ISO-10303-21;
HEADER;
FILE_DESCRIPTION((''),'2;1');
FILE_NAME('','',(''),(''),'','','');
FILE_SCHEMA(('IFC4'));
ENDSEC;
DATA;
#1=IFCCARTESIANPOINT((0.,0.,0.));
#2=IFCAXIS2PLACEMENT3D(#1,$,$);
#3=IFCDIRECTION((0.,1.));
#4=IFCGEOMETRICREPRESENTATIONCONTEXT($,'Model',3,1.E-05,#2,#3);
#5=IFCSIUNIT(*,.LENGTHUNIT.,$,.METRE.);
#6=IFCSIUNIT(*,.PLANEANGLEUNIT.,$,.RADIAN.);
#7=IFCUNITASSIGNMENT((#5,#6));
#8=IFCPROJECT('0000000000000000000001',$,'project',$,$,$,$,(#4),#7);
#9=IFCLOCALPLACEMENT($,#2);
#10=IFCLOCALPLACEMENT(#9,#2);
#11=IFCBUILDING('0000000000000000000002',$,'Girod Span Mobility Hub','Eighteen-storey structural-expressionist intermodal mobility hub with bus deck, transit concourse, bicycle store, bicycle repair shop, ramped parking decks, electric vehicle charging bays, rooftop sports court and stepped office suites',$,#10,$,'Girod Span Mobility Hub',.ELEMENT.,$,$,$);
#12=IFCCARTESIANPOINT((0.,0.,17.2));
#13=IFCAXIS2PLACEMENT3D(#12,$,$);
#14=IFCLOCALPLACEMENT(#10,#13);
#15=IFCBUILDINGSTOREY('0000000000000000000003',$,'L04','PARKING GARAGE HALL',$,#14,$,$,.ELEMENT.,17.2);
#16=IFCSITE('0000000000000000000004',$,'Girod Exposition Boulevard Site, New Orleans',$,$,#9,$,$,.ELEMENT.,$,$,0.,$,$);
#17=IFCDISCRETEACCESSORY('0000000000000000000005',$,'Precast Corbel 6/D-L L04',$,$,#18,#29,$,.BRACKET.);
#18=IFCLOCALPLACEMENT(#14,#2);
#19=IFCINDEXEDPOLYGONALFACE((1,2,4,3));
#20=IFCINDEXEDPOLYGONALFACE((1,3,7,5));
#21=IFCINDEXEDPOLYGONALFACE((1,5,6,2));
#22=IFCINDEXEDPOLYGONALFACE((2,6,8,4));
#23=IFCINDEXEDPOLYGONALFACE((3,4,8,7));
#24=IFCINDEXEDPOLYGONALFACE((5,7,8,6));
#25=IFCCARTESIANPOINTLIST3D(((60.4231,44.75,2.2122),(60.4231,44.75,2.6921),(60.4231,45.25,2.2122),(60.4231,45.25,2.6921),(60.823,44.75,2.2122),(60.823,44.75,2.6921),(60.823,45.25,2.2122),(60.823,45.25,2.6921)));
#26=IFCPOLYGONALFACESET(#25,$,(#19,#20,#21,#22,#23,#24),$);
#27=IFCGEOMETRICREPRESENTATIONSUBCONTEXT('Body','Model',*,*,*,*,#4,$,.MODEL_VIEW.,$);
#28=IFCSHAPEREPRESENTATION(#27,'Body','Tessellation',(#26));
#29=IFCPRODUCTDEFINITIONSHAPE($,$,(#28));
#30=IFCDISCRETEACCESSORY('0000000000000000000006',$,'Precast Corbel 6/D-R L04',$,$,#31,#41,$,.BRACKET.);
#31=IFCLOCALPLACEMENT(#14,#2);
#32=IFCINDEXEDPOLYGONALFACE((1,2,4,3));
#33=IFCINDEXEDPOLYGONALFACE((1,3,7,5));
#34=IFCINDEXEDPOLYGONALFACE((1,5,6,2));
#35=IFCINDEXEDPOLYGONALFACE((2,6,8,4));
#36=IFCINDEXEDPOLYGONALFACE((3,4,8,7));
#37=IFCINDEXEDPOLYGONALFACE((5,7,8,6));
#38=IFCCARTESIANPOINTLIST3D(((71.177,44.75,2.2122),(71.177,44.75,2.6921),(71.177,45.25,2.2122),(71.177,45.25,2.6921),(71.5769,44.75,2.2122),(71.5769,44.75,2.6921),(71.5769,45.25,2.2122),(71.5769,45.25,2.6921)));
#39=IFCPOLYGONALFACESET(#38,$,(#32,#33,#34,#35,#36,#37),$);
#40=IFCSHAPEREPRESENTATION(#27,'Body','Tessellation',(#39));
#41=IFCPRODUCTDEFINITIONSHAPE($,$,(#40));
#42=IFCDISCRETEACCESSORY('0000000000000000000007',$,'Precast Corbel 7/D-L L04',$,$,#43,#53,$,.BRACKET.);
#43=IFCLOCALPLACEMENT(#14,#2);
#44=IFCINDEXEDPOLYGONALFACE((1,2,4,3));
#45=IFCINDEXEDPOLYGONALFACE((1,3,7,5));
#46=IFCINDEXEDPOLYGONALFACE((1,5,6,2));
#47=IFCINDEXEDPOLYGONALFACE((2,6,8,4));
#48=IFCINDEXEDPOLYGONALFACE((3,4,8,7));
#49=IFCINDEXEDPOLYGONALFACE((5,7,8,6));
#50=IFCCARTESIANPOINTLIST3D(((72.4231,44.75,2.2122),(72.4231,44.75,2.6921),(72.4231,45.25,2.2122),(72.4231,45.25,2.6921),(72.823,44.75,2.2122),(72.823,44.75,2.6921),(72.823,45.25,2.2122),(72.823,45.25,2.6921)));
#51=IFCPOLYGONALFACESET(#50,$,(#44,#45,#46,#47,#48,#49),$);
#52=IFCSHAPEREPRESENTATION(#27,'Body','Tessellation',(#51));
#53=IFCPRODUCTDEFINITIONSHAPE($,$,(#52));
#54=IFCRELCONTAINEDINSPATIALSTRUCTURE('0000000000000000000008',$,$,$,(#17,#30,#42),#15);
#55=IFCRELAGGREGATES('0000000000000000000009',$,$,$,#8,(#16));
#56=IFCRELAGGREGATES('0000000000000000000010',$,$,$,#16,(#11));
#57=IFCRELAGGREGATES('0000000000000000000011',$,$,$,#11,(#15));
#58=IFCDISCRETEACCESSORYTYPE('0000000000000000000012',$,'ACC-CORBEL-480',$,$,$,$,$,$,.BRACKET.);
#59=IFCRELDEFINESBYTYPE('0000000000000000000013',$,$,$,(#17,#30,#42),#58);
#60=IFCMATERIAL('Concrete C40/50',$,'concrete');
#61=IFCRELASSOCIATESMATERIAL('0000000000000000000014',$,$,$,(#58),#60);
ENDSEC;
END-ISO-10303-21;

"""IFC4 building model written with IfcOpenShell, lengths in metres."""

from ifc_helpers import new_model, si_unit, direction, frame, origin, origin_2d, place, context, subcontext, project, spatial, rectangle, extrude, material, type_object, element, save


model = new_model("IFC4")

# Units and contexts
model_context = context("Model", 3, precision=1e-05, world=origin(), true_north=direction((0.0, 1.0)))
body_context = subcontext(model_context, "Body", "Model", "MODEL_VIEW")
ifc_project = project(units=[si_unit("LENGTHUNIT", "METRE"), si_unit("PLANEANGLEUNIT", "RADIAN")], contexts=[model_context])

# Site, building, storey
site_placement = place(None, origin())
site = spatial("IfcSite", under=ifc_project, at=site_placement, Name="Girod Exposition Boulevard Site, New Orleans", CompositionType="ELEMENT", RefElevation=0.0)
building_placement = place(site_placement, origin())
building = spatial("IfcBuilding", under=site, at=building_placement, Name="Girod Span Mobility Hub", Description="Eighteen-storey structural-expressionist intermodal mobility hub with bus deck, transit concourse, bicycle store, bicycle repair shop, ramped parking decks, electric vehicle charging bays, rooftop sports court and stepped office suites", LongName="Girod Span Mobility Hub", CompositionType="ELEMENT")
storey_placement = place(building_placement, frame((0.0, 0.0, 17.2)))
storey = spatial("IfcBuildingStorey", under=building, at=storey_placement, Name="L04", Description="PARKING GARAGE HALL", CompositionType="ELEMENT", Elevation=17.2)

# Discrete accessories
ifc_material_1 = material(Name="Concrete C40/50", Category="concrete")
discrete_accessory_type = type_object("IfcDiscreteAccessoryType", Name="ACC-CORBEL-480", PredefinedType="BRACKET", material=ifc_material_1)
for number, where, z_axis, x_axis, name in (
    (1, (60.623, 45.0, 2.2122), (0.0, 0.0, 1.0), (1.0, 0.0, 0.0), "Precast Corbel 6/D-L L04"),
    (2, (71.377, 45.0, 2.2122), (0.0, 0.0, 1.0), (1.0, 0.0, 0.0), "Precast Corbel 6/D-R L04"),
    (3, (72.623, 45.0, 2.2122), (0.0, 0.0, 1.0), (1.0, 0.0, 0.0), "Precast Corbel 7/D-L L04"),
):
    element("IfcDiscreteAccessory", number, at=place(storey_placement, frame(where, z_axis=z_axis, x_axis=x_axis)), inside=storey, type_object=discrete_accessory_type, Name=name, PredefinedType="BRACKET", context=body_context, shape_type="SweptSolid", body=[
        extrude(rectangle(XDim=0.3999, YDim=0.5, at=origin_2d()), origin(), (0.0, 0.0, 1.0), 0.48),
    ])

save(model, "model.ifc")
